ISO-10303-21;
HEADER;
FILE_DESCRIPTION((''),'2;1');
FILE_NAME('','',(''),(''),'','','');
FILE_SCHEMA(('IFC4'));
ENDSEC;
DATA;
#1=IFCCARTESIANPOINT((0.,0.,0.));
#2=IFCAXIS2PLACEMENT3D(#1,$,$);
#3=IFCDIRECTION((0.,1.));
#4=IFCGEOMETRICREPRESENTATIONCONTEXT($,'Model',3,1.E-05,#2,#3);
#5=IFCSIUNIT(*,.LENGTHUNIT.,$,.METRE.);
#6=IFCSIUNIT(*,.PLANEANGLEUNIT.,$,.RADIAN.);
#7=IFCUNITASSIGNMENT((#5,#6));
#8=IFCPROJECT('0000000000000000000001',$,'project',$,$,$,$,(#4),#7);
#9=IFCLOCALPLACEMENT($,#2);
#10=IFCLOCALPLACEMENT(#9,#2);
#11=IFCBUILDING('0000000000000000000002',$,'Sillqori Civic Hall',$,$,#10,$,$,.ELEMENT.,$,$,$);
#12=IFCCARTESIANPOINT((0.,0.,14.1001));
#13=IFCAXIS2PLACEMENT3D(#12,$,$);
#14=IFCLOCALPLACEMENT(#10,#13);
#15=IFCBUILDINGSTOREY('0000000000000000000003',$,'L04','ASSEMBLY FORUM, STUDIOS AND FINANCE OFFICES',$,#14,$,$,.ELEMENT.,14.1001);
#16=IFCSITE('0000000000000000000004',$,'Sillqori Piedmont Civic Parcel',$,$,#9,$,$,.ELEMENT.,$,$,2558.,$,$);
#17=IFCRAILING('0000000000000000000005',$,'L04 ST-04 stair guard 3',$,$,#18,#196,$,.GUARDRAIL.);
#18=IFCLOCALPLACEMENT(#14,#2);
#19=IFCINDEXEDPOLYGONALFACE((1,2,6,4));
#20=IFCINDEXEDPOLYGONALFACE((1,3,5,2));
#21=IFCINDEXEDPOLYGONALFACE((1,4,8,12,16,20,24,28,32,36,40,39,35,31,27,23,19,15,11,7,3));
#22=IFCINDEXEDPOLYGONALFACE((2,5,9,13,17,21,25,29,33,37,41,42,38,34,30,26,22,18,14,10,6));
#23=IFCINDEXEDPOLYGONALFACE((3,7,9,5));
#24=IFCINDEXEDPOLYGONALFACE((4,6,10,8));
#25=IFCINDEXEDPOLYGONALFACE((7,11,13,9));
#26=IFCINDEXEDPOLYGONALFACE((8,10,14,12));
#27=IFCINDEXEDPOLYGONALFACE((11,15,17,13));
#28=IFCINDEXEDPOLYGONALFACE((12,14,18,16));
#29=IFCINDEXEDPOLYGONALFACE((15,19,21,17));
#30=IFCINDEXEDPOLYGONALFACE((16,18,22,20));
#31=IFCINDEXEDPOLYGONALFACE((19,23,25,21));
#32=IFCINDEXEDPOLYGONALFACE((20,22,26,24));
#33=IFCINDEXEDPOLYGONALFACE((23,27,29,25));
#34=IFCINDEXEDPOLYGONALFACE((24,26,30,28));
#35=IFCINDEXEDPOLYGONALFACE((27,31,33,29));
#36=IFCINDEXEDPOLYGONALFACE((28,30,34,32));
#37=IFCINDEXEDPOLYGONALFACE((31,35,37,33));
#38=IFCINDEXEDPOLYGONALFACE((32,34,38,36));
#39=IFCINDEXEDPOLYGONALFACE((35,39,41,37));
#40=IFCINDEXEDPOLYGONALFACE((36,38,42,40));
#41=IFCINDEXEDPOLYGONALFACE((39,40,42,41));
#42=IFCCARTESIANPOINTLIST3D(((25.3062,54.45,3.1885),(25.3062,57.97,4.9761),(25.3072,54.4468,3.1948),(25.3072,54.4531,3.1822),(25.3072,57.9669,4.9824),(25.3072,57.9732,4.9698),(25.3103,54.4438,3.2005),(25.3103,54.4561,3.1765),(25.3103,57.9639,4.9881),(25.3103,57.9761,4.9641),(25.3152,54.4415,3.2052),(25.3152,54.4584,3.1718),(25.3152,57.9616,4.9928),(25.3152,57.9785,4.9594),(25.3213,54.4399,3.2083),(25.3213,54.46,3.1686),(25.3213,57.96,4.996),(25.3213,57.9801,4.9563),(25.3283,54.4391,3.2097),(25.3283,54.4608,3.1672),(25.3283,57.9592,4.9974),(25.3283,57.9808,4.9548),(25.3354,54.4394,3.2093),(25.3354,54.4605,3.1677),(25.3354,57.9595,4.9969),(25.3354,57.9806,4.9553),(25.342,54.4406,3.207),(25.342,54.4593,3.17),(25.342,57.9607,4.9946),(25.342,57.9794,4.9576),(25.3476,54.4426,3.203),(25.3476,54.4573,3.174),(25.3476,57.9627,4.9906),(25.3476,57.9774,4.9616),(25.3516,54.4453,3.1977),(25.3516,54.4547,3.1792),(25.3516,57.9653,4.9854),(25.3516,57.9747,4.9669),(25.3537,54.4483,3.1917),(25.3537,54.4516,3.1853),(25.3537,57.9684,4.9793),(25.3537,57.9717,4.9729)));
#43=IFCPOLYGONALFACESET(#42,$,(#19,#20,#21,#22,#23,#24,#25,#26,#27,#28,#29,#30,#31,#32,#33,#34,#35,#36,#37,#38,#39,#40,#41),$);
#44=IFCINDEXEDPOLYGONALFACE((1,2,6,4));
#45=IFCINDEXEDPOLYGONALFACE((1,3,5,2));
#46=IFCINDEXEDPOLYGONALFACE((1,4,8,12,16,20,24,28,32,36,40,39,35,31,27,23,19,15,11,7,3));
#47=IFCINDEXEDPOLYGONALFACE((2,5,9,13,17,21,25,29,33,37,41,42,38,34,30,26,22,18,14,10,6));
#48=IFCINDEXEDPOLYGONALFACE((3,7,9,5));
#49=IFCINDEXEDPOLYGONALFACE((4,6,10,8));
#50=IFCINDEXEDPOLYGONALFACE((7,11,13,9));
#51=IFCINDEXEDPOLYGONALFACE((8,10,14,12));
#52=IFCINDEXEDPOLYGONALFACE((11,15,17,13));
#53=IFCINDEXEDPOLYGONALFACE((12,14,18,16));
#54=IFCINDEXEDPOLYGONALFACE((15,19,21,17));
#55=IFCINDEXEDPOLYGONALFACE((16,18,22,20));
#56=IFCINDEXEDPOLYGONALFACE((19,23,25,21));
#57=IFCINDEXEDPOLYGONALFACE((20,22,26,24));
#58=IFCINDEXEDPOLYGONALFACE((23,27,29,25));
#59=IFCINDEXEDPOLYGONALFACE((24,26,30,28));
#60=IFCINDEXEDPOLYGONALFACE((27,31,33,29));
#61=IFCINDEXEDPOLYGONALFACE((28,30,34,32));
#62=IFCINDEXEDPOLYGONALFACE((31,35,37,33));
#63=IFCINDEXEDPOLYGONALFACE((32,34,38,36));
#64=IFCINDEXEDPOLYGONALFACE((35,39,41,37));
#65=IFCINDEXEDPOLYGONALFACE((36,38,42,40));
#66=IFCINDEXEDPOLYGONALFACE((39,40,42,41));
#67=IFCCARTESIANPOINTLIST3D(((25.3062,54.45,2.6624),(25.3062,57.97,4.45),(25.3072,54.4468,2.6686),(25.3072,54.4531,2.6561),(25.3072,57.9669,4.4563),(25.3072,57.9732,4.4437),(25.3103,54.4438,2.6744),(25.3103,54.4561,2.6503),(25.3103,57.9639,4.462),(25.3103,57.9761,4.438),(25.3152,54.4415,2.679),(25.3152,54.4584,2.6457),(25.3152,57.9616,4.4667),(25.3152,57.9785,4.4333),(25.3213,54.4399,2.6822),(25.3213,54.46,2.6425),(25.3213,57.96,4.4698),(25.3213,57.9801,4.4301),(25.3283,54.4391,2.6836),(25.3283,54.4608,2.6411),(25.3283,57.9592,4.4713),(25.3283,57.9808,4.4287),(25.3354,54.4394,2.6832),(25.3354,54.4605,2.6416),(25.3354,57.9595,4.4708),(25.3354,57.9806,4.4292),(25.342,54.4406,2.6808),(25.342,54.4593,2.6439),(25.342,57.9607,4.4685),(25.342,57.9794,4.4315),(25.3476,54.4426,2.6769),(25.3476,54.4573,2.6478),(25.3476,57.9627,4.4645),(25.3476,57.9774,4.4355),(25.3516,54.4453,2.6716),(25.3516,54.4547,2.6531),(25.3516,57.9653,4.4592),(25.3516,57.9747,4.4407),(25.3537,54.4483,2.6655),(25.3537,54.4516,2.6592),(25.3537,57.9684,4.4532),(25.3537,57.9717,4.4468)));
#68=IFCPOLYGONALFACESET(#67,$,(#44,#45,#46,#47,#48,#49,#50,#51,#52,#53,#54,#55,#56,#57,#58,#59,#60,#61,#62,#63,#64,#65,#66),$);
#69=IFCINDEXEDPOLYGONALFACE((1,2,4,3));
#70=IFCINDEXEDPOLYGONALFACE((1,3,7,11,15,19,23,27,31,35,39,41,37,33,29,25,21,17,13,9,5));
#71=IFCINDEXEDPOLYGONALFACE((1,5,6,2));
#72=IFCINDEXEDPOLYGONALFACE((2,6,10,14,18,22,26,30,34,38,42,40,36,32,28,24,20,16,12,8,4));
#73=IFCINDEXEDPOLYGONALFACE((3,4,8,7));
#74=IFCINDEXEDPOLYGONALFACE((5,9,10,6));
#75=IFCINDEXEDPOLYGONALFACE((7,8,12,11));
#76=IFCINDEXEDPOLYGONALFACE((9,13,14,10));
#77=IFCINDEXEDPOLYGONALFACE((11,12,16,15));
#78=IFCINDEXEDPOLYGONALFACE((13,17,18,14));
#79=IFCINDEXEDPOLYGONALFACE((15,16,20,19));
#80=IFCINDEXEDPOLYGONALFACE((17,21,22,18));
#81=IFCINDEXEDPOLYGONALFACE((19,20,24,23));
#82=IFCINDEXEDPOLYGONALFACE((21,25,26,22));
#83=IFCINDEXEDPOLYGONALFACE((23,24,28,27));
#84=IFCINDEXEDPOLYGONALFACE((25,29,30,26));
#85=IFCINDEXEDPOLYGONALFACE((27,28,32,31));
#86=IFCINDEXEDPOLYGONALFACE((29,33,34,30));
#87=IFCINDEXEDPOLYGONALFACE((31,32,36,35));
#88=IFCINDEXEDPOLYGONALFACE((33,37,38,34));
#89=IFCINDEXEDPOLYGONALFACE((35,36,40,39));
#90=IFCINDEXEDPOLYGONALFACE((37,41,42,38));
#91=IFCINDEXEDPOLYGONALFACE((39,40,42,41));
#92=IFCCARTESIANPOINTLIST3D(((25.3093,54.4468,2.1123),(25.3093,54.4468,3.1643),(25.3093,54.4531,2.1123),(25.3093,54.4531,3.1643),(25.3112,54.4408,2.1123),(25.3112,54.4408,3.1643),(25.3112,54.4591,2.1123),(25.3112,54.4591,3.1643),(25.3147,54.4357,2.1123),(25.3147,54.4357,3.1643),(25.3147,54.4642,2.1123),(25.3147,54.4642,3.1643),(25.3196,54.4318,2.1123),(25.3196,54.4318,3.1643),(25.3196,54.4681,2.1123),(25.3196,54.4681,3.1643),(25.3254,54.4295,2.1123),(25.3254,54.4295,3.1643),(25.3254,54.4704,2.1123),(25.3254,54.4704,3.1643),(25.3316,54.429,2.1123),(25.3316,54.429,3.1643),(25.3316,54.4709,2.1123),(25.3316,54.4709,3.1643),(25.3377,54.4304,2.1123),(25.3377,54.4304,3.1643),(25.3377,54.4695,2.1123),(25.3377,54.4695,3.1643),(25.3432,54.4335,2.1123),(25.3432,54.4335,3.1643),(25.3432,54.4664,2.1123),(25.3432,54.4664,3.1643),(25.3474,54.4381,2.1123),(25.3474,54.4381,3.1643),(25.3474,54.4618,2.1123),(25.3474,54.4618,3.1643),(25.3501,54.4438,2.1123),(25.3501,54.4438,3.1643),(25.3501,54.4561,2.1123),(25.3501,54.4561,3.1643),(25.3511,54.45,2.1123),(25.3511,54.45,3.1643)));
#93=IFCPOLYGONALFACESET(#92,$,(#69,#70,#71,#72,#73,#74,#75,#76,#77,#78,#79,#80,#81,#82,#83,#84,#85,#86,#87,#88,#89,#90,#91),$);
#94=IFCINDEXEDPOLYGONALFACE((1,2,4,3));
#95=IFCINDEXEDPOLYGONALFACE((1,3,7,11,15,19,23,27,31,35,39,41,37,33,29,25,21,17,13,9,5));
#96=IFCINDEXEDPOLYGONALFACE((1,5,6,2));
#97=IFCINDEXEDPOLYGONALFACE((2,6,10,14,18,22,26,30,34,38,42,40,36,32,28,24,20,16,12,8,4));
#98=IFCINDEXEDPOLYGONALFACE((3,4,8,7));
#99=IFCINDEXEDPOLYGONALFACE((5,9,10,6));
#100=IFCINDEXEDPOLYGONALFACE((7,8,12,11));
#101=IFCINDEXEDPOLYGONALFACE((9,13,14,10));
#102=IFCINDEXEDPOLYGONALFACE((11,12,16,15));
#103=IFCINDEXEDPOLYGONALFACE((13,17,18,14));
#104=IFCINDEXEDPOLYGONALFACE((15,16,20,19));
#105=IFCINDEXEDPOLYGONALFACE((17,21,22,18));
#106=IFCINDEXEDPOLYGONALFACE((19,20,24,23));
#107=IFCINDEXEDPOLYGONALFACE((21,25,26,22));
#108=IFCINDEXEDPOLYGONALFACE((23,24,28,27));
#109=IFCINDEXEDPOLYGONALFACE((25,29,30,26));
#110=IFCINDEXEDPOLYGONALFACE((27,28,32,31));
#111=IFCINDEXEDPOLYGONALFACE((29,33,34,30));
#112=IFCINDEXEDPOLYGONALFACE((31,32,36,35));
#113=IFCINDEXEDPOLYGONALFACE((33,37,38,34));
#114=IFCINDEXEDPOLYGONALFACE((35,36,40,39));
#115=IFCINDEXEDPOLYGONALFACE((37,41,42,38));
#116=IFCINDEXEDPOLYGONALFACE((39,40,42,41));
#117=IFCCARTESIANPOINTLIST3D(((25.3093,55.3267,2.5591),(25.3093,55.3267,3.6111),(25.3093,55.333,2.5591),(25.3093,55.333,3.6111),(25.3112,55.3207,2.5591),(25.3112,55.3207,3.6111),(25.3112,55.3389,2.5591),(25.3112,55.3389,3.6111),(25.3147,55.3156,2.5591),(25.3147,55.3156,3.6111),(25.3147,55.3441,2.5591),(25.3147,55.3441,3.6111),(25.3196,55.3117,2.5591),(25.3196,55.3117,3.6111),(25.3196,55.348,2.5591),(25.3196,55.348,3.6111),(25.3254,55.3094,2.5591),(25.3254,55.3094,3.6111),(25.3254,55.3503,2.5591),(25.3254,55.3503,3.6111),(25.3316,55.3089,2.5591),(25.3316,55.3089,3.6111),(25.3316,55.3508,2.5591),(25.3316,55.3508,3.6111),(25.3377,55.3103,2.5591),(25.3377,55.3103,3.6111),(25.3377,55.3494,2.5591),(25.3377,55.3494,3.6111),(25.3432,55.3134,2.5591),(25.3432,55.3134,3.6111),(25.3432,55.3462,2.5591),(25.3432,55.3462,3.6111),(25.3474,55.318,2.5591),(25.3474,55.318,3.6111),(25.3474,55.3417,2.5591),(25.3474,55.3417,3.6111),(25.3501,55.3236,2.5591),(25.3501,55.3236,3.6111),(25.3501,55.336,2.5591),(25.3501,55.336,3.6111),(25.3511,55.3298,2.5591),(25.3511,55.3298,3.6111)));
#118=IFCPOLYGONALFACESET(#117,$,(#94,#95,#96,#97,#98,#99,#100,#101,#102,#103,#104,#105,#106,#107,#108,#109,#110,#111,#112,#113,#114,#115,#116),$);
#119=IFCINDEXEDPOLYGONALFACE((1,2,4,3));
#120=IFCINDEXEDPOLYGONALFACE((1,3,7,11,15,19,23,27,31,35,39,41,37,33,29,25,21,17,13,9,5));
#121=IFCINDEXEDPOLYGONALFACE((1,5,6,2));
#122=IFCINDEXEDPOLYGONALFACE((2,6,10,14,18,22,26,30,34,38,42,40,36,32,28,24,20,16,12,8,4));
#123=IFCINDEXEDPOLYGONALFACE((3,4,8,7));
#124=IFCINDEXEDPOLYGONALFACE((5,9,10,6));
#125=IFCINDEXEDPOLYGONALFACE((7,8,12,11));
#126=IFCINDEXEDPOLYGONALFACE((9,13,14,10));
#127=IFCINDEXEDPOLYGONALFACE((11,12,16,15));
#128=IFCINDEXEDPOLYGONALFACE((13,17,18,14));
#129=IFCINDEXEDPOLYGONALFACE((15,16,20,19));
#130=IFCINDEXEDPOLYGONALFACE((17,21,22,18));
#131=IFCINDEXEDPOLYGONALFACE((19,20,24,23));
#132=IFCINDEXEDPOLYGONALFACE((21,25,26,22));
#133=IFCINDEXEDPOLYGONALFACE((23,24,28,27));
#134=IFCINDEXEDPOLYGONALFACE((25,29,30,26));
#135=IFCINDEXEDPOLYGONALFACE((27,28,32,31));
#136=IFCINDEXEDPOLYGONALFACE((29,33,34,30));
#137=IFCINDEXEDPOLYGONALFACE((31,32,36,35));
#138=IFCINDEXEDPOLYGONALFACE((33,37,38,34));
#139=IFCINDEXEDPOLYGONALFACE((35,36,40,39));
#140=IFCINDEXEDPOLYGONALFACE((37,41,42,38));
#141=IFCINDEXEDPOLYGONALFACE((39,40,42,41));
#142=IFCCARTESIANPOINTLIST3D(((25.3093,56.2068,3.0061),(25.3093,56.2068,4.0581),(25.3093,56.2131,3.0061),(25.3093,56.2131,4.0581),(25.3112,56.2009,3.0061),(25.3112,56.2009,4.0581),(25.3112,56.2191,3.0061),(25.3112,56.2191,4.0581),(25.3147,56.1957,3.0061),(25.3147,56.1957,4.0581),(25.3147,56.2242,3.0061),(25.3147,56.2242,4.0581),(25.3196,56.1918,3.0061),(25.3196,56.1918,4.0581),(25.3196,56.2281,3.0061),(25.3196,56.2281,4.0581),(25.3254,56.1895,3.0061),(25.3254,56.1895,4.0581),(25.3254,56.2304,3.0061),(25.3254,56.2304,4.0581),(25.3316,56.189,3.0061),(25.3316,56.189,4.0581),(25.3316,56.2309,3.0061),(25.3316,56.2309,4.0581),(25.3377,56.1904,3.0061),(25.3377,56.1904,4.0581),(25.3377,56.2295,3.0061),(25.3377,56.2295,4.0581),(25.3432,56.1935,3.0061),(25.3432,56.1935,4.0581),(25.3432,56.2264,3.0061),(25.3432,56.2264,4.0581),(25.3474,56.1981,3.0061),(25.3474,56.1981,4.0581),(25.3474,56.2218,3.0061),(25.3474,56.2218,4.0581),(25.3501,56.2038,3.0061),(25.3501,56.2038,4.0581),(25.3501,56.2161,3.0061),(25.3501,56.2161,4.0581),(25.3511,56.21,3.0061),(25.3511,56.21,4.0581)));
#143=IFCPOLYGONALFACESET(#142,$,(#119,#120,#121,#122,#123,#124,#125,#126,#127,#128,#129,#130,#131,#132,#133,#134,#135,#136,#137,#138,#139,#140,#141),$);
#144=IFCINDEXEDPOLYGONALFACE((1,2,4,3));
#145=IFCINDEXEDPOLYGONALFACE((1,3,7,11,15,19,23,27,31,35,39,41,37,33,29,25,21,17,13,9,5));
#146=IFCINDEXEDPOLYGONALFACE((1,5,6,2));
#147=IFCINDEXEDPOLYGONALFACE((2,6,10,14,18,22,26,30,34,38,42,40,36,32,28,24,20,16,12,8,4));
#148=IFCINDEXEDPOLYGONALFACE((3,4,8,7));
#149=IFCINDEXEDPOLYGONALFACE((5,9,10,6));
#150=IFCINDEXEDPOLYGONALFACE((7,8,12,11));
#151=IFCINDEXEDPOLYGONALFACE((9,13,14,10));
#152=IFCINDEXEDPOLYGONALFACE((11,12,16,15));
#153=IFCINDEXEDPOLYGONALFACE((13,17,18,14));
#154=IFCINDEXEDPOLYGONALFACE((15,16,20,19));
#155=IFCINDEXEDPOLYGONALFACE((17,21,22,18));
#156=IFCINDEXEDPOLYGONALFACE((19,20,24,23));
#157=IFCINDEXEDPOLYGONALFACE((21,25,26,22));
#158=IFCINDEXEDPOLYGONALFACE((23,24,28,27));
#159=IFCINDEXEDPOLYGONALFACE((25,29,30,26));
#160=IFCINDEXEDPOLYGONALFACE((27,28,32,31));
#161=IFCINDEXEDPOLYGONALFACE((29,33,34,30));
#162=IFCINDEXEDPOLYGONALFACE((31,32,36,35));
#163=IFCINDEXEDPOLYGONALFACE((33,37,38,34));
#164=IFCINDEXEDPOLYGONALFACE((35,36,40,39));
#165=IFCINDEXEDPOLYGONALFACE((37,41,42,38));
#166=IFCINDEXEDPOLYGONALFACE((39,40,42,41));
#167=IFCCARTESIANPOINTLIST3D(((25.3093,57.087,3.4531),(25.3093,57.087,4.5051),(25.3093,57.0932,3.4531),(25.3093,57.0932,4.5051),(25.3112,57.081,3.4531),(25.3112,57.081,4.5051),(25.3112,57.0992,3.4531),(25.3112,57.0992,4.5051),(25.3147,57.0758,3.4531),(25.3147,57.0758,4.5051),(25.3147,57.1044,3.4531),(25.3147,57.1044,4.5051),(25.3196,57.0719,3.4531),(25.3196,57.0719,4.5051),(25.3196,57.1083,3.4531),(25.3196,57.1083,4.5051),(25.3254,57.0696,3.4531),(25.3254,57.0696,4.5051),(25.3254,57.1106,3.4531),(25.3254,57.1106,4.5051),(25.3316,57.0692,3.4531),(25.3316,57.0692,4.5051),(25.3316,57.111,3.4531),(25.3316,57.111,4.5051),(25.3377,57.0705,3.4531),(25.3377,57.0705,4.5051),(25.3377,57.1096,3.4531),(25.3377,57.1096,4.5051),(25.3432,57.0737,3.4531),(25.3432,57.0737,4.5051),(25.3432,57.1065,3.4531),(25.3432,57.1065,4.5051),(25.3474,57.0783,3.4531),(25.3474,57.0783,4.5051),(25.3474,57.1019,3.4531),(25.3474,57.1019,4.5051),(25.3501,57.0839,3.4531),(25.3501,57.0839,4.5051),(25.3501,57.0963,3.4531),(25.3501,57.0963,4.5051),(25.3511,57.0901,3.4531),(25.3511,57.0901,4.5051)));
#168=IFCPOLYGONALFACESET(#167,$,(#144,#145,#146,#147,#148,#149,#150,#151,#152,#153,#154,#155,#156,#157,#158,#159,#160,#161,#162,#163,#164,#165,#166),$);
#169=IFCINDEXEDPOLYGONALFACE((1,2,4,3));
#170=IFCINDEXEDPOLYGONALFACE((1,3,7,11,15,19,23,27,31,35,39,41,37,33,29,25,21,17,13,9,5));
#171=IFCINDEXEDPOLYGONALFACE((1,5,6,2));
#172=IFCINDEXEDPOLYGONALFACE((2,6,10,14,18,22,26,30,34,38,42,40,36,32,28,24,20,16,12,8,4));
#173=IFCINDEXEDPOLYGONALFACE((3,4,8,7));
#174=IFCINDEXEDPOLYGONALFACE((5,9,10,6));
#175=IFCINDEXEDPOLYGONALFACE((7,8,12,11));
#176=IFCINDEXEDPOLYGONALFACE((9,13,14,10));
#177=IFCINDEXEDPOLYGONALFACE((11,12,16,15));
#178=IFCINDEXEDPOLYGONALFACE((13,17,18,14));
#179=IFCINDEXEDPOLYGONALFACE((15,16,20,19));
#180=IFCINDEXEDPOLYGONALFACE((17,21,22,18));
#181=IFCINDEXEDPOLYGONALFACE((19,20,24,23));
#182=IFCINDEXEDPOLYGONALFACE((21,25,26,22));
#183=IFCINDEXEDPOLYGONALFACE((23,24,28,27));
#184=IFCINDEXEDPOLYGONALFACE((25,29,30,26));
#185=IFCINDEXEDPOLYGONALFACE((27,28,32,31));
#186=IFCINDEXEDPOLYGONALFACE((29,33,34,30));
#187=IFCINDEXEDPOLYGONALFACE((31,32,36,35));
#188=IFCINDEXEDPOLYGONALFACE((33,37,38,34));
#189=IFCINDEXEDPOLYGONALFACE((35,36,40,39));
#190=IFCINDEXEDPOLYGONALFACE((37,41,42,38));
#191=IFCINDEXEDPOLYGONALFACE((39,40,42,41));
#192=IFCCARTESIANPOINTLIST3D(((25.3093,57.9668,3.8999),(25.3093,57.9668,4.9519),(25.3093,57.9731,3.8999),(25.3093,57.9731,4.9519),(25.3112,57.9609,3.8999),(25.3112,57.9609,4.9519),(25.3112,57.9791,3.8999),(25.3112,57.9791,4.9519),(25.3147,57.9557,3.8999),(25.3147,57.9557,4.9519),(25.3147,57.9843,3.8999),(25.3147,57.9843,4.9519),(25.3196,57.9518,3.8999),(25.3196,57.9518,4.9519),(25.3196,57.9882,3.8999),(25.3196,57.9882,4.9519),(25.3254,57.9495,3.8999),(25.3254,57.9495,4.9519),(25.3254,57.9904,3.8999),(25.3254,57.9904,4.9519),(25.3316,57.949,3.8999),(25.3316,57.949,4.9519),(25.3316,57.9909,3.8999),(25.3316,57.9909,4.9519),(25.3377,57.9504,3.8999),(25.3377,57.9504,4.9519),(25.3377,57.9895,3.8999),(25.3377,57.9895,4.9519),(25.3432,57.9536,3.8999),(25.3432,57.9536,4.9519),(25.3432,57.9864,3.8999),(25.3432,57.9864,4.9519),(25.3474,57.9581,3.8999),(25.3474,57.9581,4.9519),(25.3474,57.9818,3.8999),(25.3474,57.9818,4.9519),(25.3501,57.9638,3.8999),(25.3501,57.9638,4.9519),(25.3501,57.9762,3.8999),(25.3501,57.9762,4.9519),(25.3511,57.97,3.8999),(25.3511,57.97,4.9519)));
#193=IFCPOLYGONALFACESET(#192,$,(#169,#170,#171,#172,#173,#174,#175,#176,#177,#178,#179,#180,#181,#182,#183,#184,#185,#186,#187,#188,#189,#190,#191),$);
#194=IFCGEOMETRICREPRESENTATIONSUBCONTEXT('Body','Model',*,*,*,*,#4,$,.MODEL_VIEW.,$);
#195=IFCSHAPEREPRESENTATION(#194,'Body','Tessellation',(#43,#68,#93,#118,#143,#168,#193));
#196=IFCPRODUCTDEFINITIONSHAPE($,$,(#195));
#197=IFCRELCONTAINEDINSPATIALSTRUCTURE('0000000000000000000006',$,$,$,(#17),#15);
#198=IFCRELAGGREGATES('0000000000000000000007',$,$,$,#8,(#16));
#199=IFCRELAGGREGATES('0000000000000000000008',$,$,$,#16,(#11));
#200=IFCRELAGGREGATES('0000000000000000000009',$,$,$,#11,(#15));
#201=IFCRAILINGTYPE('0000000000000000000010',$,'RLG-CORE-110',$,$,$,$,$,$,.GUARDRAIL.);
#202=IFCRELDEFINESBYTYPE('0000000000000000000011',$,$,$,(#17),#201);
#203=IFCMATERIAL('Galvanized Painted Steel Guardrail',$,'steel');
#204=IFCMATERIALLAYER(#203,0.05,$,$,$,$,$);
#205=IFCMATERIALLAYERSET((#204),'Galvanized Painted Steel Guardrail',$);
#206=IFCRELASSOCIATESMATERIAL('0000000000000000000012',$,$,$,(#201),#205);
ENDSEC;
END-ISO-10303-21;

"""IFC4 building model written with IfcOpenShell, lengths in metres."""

from ifc_helpers import new_model, si_unit, direction, frame, origin, origin_2d, place, context, subcontext, project, spatial, circle, extrude, material, layer, layer_set, type_object, element, save


model = new_model("IFC4")

# Units and contexts
model_context = context("Model", 3, precision=1e-05, world=origin(), true_north=direction((0.0, 1.0)))
body_context = subcontext(model_context, "Body", "Model", "MODEL_VIEW")
ifc_project = project(units=[si_unit("LENGTHUNIT", "METRE"), si_unit("PLANEANGLEUNIT", "RADIAN")], contexts=[model_context])

# Site, building, storey
site_placement = place(None, origin())
site = spatial("IfcSite", under=ifc_project, at=site_placement, Name="Sillqori Piedmont Civic Parcel", CompositionType="ELEMENT", RefElevation=2558.0)
building_placement = place(site_placement, origin())
building = spatial("IfcBuilding", under=site, at=building_placement, Name="Sillqori Civic Hall", CompositionType="ELEMENT")
storey_placement = place(building_placement, frame((0.0, 0.0, 14.1001)))
storey = spatial("IfcBuildingStorey", under=building, at=storey_placement, Name="L04", Description="ASSEMBLY FORUM, STUDIOS AND FINANCE OFFICES", CompositionType="ELEMENT", Elevation=14.1001)

# Railing
ifc_material_1 = material(Name="Galvanized Painted Steel Guardrail", Category="steel")
ifc_layer_1 = layer(ifc_material_1, 0.05)
ifc_layer_set_1 = layer_set([ifc_layer_1], Name="Galvanized Painted Steel Guardrail")
railing_type_1 = type_object("IfcRailingType", Name="RLG-CORE-110", PredefinedType="GUARDRAIL", material=ifc_layer_set_1)
railing_1_placement = place(storey_placement, frame((25.3301, 54.45, 2.1123)))
element("IfcRailing", 1, at=railing_1_placement, inside=storey, type_object=railing_type_1, Name="L04 ST-04 stair guard 3", PredefinedType="GUARDRAIL", context=body_context, shape_type="SweptSolid", body=[
    extrude(circle(Radius=0.0239, at=origin_2d()), frame((0.0, 0.0, 1.0762), z_axis=(0.0, 0.891615, 0.452795), x_axis=(-1.0, 0.0, 0.0)), (0.0, 0.0, 1.0), 3.948),
    extrude(circle(Radius=0.0239, at=origin_2d()), frame((0.0, 0.0, 0.55), z_axis=(0.0, 0.891615, 0.452795), x_axis=(-1.0, 0.0, 0.0)), (0.0, 0.0, 1.0), 3.948),
    extrude(circle(Radius=0.021, at=origin_2d()), origin(), (0.0, 0.0, 1.0), 1.052),
    extrude(circle(Radius=0.021, at=origin_2d()), frame((0.0, 0.8799, 0.4468)), (0.0, 0.0, 1.0), 1.052),
    extrude(circle(Radius=0.021, at=origin_2d()), frame((0.0, 1.76, 0.8938)), (0.0, 0.0, 1.0), 1.052),
    extrude(circle(Radius=0.021, at=origin_2d()), frame((0.0, 2.6401, 1.3408)), (0.0, 0.0, 1.0), 1.052),
    extrude(circle(Radius=0.021, at=origin_2d()), frame((0.0, 3.52, 1.7876)), (0.0, 0.0, 1.0), 1.052),
])

save(model, "model.ifc")
